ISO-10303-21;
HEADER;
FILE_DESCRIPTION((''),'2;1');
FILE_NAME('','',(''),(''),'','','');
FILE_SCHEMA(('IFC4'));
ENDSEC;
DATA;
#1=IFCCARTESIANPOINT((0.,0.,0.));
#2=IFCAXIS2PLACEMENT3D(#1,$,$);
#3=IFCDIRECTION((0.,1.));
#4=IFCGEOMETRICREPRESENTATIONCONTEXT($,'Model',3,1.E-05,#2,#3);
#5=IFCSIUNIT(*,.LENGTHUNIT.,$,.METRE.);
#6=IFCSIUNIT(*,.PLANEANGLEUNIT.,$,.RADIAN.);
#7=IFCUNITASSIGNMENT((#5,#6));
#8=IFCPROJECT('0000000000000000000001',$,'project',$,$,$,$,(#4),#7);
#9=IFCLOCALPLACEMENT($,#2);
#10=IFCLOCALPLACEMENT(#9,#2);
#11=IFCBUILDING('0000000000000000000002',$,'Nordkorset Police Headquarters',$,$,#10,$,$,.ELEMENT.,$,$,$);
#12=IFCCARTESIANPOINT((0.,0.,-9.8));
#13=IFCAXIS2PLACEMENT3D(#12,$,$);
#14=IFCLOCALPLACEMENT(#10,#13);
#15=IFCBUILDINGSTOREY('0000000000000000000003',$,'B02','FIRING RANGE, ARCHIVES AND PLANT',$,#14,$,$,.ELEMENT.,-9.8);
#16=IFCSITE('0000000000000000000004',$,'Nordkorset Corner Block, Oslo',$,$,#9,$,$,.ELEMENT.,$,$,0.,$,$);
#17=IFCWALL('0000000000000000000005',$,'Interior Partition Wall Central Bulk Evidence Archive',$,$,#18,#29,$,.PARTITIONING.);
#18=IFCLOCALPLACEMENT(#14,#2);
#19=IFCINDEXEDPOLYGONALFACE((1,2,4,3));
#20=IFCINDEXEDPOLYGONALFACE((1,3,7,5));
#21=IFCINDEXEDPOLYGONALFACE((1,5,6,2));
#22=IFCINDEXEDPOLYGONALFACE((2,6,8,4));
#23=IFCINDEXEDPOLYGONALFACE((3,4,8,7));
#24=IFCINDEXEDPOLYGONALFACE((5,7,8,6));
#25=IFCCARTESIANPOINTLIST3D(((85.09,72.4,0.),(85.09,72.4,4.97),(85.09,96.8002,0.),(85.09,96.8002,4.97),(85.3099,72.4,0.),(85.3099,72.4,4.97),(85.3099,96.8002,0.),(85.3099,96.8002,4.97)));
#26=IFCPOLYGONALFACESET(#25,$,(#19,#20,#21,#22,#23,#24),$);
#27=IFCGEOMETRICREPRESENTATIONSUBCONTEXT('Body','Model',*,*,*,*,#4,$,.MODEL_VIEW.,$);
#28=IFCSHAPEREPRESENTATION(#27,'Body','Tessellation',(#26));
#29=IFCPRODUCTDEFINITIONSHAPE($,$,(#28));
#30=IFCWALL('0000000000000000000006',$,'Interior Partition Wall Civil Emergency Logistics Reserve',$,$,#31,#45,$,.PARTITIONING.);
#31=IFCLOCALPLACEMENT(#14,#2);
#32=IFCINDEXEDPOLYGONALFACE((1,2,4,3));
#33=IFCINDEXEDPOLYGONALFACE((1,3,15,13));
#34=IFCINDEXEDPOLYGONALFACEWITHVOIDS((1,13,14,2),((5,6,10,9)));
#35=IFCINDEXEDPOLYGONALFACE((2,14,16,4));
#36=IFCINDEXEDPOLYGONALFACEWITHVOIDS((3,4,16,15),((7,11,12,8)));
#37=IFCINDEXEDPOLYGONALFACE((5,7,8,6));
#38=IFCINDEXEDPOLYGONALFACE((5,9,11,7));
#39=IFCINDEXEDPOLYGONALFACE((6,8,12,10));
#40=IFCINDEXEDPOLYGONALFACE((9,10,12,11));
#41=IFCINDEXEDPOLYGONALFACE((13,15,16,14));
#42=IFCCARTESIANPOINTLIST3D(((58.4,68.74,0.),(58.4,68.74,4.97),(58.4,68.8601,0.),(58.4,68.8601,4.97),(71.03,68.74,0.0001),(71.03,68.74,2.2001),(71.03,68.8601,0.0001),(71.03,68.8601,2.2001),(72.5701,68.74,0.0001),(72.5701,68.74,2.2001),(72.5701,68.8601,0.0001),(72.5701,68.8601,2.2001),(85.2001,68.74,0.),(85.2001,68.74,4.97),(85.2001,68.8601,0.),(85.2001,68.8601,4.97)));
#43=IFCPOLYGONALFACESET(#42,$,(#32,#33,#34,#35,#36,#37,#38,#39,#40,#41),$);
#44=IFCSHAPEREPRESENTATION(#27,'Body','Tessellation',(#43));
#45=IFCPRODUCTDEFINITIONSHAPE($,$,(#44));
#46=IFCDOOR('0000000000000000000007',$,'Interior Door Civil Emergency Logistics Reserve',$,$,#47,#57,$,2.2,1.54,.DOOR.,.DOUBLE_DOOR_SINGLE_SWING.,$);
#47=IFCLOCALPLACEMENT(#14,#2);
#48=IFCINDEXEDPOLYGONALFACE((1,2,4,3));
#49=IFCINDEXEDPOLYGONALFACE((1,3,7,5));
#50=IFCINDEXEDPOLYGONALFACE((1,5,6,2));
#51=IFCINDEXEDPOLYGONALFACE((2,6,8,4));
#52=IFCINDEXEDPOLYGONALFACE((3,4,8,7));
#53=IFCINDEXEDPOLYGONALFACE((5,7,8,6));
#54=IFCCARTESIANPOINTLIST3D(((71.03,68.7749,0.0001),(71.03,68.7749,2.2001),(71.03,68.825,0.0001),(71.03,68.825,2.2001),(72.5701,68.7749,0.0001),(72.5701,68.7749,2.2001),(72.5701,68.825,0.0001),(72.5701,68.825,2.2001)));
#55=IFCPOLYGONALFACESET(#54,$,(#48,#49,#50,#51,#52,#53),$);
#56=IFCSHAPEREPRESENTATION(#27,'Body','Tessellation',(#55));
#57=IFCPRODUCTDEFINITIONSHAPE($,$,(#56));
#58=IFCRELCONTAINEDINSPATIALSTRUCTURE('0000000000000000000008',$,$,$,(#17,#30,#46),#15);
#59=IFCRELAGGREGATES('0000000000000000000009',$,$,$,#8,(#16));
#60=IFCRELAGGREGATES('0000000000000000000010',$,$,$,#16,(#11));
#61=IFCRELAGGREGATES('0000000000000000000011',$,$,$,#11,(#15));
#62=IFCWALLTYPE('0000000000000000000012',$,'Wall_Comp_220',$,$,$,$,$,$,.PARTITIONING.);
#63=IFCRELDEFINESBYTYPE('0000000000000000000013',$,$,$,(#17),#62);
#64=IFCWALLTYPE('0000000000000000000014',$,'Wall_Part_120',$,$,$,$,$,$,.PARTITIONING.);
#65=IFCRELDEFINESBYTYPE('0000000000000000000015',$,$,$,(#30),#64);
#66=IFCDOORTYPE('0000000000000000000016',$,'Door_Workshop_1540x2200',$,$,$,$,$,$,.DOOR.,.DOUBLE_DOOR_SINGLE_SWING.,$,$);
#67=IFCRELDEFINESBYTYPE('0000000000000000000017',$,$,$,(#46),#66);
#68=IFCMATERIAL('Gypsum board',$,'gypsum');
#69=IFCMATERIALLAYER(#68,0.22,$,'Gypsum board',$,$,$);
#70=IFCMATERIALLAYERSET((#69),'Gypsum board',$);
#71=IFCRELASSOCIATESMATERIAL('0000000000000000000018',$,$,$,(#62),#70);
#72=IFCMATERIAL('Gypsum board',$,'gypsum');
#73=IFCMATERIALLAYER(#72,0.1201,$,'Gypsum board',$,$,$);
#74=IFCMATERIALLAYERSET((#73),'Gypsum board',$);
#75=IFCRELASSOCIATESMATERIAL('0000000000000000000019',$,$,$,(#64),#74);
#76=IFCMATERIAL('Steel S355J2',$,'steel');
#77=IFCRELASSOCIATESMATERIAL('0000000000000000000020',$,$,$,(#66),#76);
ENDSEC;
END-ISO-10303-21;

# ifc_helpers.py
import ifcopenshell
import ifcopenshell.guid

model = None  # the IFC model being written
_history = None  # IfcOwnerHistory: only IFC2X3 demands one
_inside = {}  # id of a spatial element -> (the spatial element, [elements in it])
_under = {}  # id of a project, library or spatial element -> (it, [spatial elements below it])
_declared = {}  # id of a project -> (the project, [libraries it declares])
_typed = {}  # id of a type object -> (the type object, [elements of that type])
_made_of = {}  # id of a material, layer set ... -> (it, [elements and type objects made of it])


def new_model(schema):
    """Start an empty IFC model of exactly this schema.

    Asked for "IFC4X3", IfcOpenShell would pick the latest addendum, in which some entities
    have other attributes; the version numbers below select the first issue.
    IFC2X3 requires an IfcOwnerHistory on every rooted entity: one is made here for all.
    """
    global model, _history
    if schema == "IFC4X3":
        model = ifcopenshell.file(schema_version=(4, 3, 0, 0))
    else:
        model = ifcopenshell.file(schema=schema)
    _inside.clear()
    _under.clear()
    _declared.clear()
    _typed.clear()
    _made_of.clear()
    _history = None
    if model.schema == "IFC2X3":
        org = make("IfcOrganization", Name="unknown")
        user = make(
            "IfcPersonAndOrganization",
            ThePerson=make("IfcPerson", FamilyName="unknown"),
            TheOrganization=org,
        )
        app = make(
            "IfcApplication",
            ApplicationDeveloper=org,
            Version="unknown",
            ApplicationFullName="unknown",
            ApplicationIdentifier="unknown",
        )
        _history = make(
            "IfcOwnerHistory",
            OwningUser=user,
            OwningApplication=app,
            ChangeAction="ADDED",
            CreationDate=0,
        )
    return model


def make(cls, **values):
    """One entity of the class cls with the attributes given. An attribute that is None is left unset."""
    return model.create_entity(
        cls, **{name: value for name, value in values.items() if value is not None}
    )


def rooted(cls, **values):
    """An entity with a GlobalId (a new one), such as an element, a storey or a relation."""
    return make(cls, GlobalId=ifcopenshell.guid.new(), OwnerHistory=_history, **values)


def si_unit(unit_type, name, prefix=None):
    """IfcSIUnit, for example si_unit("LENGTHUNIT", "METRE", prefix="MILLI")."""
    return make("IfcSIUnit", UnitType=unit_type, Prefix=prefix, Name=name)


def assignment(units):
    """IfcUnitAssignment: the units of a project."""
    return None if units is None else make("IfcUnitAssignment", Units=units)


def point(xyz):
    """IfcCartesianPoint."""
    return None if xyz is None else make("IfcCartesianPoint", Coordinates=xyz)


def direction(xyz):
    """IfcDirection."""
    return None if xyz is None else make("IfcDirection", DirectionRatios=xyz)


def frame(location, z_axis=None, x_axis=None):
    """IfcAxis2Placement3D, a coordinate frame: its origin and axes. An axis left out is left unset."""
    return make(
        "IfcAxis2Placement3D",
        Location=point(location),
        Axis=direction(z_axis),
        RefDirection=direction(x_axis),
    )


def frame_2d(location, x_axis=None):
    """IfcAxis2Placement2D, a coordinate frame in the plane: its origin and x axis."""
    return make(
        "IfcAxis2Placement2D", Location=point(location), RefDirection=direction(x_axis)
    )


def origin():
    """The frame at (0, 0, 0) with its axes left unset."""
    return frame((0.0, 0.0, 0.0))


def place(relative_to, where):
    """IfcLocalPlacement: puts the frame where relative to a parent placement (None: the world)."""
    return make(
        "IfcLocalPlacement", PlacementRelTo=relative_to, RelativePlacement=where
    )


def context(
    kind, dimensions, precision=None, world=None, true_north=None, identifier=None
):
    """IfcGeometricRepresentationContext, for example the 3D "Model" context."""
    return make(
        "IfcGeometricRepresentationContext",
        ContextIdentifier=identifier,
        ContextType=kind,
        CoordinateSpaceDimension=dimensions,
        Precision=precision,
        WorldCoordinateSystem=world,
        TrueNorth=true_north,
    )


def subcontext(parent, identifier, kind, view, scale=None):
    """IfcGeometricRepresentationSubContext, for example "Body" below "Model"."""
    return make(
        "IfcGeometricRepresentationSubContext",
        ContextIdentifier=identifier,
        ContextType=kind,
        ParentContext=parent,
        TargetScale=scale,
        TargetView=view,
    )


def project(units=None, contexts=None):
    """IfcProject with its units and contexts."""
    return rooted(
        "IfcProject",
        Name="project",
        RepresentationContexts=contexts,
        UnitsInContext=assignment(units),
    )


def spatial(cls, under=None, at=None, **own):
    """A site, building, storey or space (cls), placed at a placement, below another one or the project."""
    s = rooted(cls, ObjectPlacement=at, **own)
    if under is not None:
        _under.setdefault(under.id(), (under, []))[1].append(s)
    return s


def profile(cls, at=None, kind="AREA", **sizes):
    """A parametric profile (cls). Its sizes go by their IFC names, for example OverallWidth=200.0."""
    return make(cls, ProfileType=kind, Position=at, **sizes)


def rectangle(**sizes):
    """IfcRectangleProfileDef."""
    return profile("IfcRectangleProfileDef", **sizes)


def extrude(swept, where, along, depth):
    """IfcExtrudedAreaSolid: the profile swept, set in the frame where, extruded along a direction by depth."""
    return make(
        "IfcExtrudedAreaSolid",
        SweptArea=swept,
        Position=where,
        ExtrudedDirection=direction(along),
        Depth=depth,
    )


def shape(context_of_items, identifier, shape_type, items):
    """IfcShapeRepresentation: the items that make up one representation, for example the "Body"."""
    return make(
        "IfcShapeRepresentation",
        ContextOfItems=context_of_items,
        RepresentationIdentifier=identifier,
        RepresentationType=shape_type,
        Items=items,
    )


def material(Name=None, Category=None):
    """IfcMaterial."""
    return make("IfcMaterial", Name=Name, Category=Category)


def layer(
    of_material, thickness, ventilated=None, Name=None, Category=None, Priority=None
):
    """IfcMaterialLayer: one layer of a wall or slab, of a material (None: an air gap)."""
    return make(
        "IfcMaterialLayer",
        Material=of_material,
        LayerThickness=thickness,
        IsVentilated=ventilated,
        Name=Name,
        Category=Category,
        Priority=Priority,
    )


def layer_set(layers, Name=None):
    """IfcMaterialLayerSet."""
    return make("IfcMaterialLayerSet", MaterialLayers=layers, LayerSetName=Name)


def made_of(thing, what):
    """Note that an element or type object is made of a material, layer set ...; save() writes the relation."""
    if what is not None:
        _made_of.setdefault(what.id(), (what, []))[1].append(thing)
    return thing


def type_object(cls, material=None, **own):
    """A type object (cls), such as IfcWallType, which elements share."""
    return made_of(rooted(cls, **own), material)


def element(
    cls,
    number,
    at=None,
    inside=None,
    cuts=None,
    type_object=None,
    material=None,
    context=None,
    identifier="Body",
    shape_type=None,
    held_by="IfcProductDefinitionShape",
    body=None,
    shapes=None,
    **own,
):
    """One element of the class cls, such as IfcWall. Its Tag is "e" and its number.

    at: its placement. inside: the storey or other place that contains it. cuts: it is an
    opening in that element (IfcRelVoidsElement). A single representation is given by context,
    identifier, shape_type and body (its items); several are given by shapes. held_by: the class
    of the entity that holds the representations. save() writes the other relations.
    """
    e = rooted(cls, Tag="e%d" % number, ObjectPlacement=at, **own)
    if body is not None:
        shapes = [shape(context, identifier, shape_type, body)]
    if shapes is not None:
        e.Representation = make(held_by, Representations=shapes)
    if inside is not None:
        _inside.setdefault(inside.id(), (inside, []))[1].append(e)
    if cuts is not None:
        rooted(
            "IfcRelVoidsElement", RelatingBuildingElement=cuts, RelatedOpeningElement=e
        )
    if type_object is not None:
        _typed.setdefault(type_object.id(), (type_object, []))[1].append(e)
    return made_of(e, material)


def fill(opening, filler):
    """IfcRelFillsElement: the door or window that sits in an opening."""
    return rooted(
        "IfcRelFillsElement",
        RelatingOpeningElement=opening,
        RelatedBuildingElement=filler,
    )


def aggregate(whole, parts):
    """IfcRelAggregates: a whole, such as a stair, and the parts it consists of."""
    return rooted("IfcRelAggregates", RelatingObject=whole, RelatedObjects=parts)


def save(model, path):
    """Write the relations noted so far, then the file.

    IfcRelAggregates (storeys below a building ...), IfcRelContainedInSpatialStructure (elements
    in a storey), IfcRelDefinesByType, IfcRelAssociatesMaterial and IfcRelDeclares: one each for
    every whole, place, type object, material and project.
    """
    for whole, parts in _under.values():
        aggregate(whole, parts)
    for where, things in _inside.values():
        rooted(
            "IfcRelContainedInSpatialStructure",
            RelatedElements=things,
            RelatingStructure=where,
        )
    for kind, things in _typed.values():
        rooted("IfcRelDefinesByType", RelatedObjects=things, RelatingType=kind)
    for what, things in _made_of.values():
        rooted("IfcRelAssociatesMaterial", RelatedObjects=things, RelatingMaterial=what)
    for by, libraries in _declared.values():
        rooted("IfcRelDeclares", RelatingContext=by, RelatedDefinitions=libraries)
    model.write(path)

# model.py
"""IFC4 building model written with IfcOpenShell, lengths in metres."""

from ifc_helpers import new_model, si_unit, direction, frame, frame_2d, origin, place, context, subcontext, project, spatial, rectangle, extrude, material, layer, layer_set, type_object, element, fill, save


model = new_model("IFC4")

# Units and contexts
model_context = context("Model", 3, precision=1e-05, world=origin(), true_north=direction((0.0, 1.0)))
body_context = subcontext(model_context, "Body", "Model", "MODEL_VIEW")
ifc_project = project(units=[si_unit("LENGTHUNIT", "METRE"), si_unit("PLANEANGLEUNIT", "RADIAN")], contexts=[model_context])

# Site, building, storey
site_placement = place(None, origin())
site = spatial("IfcSite", under=ifc_project, at=site_placement, Name="Nordkorset Corner Block, Oslo", CompositionType="ELEMENT", RefElevation=0.0)
building_placement = place(site_placement, origin())
building = spatial("IfcBuilding", under=site, at=building_placement, Name="Nordkorset Police Headquarters", CompositionType="ELEMENT")
storey_placement = place(building_placement, frame((0.0, 0.0, -9.8)))
storey = spatial("IfcBuildingStorey", under=building, at=storey_placement, Name="B02", Description="FIRING RANGE, ARCHIVES AND PLANT", CompositionType="ELEMENT", Elevation=-9.8)

# Wall
ifc_material_1 = material(Name="Gypsum board", Category="gypsum")
ifc_layer_1 = layer(ifc_material_1, 0.22, Name="Gypsum board")
ifc_layer_set_1 = layer_set([ifc_layer_1], Name="Gypsum board")
wall_type_1 = type_object("IfcWallType", Name="Wall_Comp_220", PredefinedType="PARTITIONING", material=ifc_layer_set_1)
wall_1_placement = place(storey_placement, frame((85.2, 72.3999, 0.0), z_axis=(0.0, 0.0, 1.0), x_axis=(0.0, 1.0, 0.0)))
element("IfcWall", 1, at=wall_1_placement, inside=storey, type_object=wall_type_1, Name="Interior Partition Wall Central Bulk Evidence Archive", PredefinedType="PARTITIONING", context=body_context, shape_type="SweptSolid", body=[
    extrude(rectangle(XDim=24.4001, YDim=0.22, at=frame_2d((12.2002, 0.0))), origin(), (0.0, 0.0, 1.0), 4.97),
])

# Wall, opening, door
ifc_material_2 = material(Name="Gypsum board", Category="gypsum")
ifc_layer_2 = layer(ifc_material_2, 0.1201, Name="Gypsum board")
ifc_layer_set_2 = layer_set([ifc_layer_2], Name="Gypsum board")
wall_type_2 = type_object("IfcWallType", Name="Wall_Part_120", PredefinedType="PARTITIONING", material=ifc_layer_set_2)
wall_2_placement = place(storey_placement, frame((85.2, 68.8, 0.0), z_axis=(0.0, 0.0, 1.0), x_axis=(-1.0, 0.0, 0.0)))
wall_2 = element("IfcWall", 2, at=wall_2_placement, inside=storey, type_object=wall_type_2, Name="Interior Partition Wall Civil Emergency Logistics Reserve", PredefinedType="PARTITIONING", context=body_context, shape_type="SweptSolid", body=[
    extrude(rectangle(XDim=26.8, YDim=0.1201, at=frame_2d((13.3999, 0.0))), origin(), (0.0, 0.0, 1.0), 4.97),
])
opening_placement = place(wall_2_placement, frame((12.6299, 0.0, 0.0)))
opening = element("IfcOpeningElement", 3, at=opening_placement, cuts=wall_2, PredefinedType="OPENING", context=body_context, shape_type="SweptSolid", body=[
    extrude(rectangle(XDim=1.54, YDim=2.2, at=frame_2d((0.77, 1.1001))), frame((0.0, 0.0701, 0.0), z_axis=(0.0, -1.0, 0.0), x_axis=(1.0, 0.0, 0.0)), (0.0, 0.0, 1.0), 0.1401),
])
ifc_material_3 = material(Name="Steel S355J2", Category="steel")
door_type = type_object("IfcDoorType", Name="Door_Workshop_1540x2200", OperationType="DOUBLE_DOOR_SINGLE_SWING", PredefinedType="DOOR", material=ifc_material_3)
door_placement = place(opening_placement, frame((1.54, 0.0, 0.0), z_axis=(0.0, 0.0, 1.0), x_axis=(-1.0, 0.0, 0.0)))
door = element("IfcDoor", 4, at=door_placement, inside=storey, type_object=door_type, Name="Interior Door Civil Emergency Logistics Reserve", OperationType="DOUBLE_DOOR_SINGLE_SWING", OverallHeight=2.2, OverallWidth=1.54, PredefinedType="DOOR", context=body_context, shape_type="SweptSolid", body=[
    extrude(rectangle(XDim=1.54, YDim=2.2, at=frame_2d((0.77, 1.1001))), frame((0.0, 0.0249, 0.0), z_axis=(0.0, -1.0, 0.0), x_axis=(1.0, 0.0, 0.0)), (0.0, 0.0, 1.0), 0.05),
])
fill(opening, door)

save(model, "model.ifc")
